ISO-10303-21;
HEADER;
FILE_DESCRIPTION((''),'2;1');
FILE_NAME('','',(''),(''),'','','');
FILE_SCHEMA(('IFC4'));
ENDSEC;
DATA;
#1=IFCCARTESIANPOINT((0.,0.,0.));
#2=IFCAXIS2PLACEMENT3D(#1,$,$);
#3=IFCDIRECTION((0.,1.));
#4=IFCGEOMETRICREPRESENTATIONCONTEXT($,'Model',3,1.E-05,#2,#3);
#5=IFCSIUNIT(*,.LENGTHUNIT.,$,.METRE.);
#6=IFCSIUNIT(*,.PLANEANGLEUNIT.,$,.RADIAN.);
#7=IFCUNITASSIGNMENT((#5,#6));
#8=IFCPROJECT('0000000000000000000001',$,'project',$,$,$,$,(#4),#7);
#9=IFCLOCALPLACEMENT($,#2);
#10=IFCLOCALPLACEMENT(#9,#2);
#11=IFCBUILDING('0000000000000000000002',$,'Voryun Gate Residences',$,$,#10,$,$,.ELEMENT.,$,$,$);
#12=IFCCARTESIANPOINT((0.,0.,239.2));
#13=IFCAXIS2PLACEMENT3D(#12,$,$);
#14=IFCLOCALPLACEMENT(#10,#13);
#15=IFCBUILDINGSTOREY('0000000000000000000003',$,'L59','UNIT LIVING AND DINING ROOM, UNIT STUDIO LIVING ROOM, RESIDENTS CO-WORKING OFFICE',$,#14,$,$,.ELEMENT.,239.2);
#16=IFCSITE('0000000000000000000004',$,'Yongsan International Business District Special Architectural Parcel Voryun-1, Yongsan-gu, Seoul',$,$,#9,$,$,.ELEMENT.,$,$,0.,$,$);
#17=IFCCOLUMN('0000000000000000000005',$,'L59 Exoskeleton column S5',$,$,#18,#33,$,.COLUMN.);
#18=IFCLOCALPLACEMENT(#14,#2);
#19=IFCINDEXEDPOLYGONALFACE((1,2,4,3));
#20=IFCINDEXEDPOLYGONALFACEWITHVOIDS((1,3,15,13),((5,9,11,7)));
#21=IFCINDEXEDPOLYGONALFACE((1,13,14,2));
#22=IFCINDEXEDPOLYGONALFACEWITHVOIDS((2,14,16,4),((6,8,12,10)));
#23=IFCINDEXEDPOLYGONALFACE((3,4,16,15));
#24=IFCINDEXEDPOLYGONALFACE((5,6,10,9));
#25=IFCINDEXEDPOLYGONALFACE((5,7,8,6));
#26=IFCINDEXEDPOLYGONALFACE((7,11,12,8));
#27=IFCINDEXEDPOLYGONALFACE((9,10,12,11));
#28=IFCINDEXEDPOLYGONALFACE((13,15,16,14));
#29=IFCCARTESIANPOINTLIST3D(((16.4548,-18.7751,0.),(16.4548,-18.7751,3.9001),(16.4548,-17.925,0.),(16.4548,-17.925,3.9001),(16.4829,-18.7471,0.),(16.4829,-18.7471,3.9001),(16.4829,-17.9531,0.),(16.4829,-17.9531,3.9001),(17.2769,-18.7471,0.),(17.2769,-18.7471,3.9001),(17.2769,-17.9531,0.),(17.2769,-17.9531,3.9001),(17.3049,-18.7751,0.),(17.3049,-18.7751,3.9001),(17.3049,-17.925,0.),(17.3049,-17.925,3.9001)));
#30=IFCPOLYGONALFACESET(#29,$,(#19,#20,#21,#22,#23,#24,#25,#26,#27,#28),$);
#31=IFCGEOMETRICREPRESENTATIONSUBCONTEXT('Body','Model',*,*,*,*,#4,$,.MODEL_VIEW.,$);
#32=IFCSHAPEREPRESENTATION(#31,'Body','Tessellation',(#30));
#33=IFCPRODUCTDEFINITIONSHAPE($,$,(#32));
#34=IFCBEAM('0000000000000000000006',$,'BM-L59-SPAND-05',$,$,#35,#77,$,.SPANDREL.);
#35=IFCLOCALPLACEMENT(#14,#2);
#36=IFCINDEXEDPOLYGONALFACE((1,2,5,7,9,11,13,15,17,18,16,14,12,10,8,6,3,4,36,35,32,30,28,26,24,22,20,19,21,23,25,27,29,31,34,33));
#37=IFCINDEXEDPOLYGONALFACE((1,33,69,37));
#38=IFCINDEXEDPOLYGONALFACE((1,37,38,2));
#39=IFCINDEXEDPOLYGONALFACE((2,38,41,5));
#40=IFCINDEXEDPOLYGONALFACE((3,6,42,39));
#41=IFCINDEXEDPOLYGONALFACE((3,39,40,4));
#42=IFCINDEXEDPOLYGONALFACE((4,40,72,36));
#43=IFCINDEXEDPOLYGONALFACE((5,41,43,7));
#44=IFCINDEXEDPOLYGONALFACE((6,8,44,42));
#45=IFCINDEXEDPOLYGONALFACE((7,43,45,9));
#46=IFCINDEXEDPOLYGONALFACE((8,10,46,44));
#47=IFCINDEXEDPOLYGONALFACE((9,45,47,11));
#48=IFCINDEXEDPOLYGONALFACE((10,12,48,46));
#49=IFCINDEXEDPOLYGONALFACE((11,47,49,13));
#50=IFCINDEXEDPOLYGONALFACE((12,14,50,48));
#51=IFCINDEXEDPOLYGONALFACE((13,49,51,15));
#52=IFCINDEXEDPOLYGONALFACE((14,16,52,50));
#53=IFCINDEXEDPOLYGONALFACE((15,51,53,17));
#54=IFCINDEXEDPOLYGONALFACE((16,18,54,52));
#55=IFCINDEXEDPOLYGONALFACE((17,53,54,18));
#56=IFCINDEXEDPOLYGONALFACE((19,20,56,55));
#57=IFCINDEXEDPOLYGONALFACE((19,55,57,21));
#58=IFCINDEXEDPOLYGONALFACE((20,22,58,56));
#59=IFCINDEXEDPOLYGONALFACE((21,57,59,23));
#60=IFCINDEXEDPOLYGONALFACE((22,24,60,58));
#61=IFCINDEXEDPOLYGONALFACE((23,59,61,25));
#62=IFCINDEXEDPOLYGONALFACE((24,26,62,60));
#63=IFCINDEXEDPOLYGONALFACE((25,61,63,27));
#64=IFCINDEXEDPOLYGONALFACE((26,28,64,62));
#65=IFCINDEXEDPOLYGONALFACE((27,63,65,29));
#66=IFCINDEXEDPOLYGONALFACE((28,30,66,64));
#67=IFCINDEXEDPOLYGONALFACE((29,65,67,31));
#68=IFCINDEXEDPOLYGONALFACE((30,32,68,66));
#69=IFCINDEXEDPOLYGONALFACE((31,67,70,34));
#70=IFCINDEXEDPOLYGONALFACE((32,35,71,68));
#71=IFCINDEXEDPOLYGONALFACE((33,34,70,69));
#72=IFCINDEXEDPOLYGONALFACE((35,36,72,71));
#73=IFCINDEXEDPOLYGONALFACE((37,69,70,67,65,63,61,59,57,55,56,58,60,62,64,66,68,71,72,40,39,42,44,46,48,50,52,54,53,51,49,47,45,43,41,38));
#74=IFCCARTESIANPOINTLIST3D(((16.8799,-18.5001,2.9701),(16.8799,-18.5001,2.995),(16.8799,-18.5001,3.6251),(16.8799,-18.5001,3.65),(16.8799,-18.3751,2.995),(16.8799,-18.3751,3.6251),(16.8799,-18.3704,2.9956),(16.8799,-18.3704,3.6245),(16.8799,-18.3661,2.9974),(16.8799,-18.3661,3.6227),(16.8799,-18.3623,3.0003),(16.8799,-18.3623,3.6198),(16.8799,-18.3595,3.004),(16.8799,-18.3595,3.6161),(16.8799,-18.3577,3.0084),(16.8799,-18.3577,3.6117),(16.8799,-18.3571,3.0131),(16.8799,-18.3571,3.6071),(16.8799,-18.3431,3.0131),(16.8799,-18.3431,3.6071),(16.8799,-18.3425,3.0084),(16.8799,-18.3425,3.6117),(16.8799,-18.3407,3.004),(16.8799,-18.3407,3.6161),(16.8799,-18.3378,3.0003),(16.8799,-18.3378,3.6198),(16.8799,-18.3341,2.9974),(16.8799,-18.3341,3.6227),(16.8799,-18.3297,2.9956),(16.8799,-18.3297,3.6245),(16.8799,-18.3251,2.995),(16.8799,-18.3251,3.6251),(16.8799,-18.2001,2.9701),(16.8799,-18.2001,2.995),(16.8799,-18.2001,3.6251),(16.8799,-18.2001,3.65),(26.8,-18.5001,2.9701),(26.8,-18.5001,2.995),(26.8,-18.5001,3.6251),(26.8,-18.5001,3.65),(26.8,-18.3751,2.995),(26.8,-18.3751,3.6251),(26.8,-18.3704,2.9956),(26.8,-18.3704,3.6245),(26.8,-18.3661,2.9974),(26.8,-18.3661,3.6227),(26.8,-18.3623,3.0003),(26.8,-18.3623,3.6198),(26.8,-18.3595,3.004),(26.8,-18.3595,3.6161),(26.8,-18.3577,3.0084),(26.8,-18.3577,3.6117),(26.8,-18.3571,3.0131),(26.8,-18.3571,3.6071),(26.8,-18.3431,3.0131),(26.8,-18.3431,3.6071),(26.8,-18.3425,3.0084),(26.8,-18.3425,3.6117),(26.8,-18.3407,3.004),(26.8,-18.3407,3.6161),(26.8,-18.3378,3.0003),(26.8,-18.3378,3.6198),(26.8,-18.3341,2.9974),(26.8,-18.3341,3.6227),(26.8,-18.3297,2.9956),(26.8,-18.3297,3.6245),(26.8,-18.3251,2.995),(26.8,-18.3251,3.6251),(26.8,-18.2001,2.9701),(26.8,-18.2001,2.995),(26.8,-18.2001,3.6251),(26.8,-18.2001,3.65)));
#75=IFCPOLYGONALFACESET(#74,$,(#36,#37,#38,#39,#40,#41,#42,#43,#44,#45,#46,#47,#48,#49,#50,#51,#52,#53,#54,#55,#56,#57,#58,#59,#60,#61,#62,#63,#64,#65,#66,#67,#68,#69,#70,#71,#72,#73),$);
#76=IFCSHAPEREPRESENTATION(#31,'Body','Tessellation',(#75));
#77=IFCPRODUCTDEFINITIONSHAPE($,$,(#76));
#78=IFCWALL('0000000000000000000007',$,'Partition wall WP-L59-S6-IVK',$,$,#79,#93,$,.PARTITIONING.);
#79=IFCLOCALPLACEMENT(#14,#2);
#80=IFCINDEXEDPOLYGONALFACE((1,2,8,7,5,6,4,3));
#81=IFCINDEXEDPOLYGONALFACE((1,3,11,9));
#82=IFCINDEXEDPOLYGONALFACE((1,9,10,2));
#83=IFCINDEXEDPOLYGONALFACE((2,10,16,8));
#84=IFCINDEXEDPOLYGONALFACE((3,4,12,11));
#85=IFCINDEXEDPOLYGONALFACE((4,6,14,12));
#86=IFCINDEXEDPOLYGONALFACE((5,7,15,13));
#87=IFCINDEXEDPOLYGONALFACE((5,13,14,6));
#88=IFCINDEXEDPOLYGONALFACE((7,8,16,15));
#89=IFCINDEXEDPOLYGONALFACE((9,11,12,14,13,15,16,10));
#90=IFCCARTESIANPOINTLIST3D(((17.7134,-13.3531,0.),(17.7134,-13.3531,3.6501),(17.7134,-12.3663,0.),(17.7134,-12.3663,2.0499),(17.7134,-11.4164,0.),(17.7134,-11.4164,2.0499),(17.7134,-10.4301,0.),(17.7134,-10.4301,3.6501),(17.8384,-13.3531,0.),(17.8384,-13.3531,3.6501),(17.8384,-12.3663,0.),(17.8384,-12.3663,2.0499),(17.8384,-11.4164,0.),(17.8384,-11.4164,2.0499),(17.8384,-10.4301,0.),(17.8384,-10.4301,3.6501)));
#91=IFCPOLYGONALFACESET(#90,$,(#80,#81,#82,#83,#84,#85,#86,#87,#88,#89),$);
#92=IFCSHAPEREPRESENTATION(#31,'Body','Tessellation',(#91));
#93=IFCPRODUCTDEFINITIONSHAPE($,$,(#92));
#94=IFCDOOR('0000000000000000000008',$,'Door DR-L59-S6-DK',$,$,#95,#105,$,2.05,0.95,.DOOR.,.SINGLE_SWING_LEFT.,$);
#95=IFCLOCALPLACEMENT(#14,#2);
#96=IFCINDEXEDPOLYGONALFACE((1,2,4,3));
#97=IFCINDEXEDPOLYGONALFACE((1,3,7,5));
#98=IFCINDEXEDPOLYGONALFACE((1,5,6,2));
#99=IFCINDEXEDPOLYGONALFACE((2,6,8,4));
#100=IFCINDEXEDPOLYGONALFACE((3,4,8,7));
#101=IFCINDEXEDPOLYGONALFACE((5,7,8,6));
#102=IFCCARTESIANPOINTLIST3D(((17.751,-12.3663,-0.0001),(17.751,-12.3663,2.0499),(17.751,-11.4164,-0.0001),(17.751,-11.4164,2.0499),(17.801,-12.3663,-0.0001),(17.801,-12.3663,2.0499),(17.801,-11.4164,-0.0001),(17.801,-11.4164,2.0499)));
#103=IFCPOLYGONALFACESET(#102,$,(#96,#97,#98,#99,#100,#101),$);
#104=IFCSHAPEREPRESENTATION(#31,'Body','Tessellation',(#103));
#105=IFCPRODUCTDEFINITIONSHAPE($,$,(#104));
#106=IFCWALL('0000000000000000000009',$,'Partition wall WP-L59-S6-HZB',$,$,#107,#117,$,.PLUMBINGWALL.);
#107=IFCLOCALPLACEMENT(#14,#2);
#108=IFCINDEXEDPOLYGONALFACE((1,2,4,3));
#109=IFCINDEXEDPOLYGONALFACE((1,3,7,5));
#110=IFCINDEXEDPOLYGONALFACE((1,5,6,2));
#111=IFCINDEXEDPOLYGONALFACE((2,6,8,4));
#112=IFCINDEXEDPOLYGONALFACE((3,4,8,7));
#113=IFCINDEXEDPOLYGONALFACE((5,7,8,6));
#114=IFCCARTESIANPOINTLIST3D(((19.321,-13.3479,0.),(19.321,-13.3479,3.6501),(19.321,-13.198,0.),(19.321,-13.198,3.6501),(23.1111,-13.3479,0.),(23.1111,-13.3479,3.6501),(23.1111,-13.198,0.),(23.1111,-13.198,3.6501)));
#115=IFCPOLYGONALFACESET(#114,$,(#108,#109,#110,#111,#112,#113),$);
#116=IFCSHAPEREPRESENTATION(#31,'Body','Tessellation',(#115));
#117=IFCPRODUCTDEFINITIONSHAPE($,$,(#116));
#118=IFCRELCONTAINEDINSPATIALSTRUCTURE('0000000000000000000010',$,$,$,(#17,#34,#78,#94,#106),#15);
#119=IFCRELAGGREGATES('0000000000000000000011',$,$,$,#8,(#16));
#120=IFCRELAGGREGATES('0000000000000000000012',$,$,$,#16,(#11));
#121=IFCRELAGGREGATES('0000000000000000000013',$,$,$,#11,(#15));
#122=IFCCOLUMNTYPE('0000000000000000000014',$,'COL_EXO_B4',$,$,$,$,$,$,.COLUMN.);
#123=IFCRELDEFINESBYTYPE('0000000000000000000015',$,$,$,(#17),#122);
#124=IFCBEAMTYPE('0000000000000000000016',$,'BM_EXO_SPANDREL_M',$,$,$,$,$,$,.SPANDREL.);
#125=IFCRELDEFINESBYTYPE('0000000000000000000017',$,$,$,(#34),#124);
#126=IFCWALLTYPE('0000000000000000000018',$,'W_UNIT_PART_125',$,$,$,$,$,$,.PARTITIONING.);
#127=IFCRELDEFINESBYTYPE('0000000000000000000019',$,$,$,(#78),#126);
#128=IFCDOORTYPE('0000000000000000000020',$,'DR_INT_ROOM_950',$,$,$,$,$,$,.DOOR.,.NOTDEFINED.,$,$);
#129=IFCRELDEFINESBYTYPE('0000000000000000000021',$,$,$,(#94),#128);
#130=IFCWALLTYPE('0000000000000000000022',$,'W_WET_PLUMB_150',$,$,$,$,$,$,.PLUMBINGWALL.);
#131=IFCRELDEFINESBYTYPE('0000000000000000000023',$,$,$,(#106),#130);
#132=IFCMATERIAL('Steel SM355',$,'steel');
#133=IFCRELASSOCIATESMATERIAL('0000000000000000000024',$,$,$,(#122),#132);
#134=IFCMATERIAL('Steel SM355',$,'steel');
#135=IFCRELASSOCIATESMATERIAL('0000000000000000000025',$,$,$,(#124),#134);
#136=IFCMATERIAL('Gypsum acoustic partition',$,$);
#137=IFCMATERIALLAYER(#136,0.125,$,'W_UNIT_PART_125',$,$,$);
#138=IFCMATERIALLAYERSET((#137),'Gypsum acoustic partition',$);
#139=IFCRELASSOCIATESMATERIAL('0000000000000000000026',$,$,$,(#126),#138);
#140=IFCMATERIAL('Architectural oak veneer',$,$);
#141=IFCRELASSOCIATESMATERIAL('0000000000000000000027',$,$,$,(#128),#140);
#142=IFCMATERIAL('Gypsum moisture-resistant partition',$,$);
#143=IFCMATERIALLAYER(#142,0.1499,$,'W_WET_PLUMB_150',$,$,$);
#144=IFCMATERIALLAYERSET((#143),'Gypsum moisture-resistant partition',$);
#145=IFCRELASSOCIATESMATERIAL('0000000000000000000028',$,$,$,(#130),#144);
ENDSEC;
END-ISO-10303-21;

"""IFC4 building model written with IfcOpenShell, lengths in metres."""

from ifc_helpers import new_model, si_unit, direction, frame, frame_2d, origin, origin_2d, place, context, subcontext, project, spatial, rectangle, hollow_rectangle, i_section, extrude, material, layer, layer_set, material_profile, profile_set, type_object, element, fill, save


model = new_model("IFC4")

# Units and contexts
model_context = context("Model", 3, precision=1e-05, world=origin(), true_north=direction((0.0, 1.0)))
body_context = subcontext(model_context, "Body", "Model", "MODEL_VIEW")
ifc_project = project(units=[si_unit("LENGTHUNIT", "METRE"), si_unit("PLANEANGLEUNIT", "RADIAN")], contexts=[model_context])

# Site, building, storey
site_placement = place(None, origin())
site = spatial("IfcSite", under=ifc_project, at=site_placement, Name="Yongsan International Business District Special Architectural Parcel Voryun-1, Yongsan-gu, Seoul", CompositionType="ELEMENT", RefElevation=0.0)
building_placement = place(site_placement, origin())
building = spatial("IfcBuilding", under=site, at=building_placement, Name="Voryun Gate Residences", CompositionType="ELEMENT")
storey_placement = place(building_placement, frame((0.0, 0.0, 239.2)))
storey = spatial("IfcBuildingStorey", under=building, at=storey_placement, Name="L59", Description="UNIT LIVING AND DINING ROOM, UNIT STUDIO LIVING ROOM, RESIDENTS CO-WORKING OFFICE", CompositionType="ELEMENT", Elevation=239.2)

# Column
ifc_material_1 = material(Name="Steel SM355", Category="steel")
ifc_material_profile_1 = material_profile(ifc_material_1, hollow_rectangle(XDim=0.8501, YDim=0.8501, WallThickness=0.0281, at=origin_2d()), Name="BOX-850x850x28")
ifc_profile_set_1 = profile_set([ifc_material_profile_1], Name="Steel SM355")
column_type = type_object("IfcColumnType", Name="COL_EXO_B4", PredefinedType="COLUMN", material=ifc_profile_set_1)
column_placement = place(storey_placement, frame((16.8799, -18.3501, 0.0), z_axis=(0.0, 0.0, 1.0), x_axis=(1.0, 0.0, 0.0)))
element("IfcColumn", 1, at=column_placement, inside=storey, type_object=column_type, Name="L59 Exoskeleton column S5", PredefinedType="COLUMN", context=body_context, shape_type="SweptSolid", body=[
    extrude(hollow_rectangle(XDim=0.8501, YDim=0.8501, WallThickness=0.0281, at=origin_2d()), origin(), (0.0, 0.0, 1.0), 3.9001),
])

# Beam
ifc_material_2 = material(Name="Steel SM355", Category="steel")
ifc_material_profile_2 = material_profile(ifc_material_2, i_section(OverallWidth=0.3, OverallDepth=0.6799, WebThickness=0.0139, FlangeThickness=0.0249, FilletRadius=0.0181, at=origin_2d()), Name="H-680x300x14x25")
ifc_profile_set_2 = profile_set([ifc_material_profile_2], Name="Steel SM355")
beam_type = type_object("IfcBeamType", Name="BM_EXO_SPANDREL_M", PredefinedType="SPANDREL", material=ifc_profile_set_2)
beam_placement = place(storey_placement, frame((16.8799, -18.3501, 3.3101), z_axis=(1.0, 0.0, 0.0), x_axis=(0.0, 1.0, 0.0)))
element("IfcBeam", 2, at=beam_placement, inside=storey, type_object=beam_type, Name="BM-L59-SPAND-05", PredefinedType="SPANDREL", context=body_context, shape_type="SweptSolid", body=[
    extrude(i_section(OverallWidth=0.3, OverallDepth=0.6799, WebThickness=0.0139, FlangeThickness=0.0249, FilletRadius=0.0181, at=origin_2d()), origin(), (0.0, 0.0, 1.0), 9.9202),
])

# Wall, opening, door
ifc_material_3 = material(Name="Gypsum acoustic partition")
ifc_layer_1 = layer(ifc_material_3, 0.125, Name="W_UNIT_PART_125")
ifc_layer_set_1 = layer_set([ifc_layer_1], Name="Gypsum acoustic partition")
wall_type_1 = type_object("IfcWallType", Name="W_UNIT_PART_125", PredefinedType="PARTITIONING", material=ifc_layer_set_1)
wall_1_placement = place(storey_placement, frame((17.7759, -13.353, 0.0), z_axis=(0.0, 0.0, 1.0), x_axis=(0.0, 1.0, 0.0)))
wall_1 = element("IfcWall", 3, at=wall_1_placement, inside=storey, type_object=wall_type_1, Name="Partition wall WP-L59-S6-IVK", PredefinedType="PARTITIONING", context=body_context, shape_type="SweptSolid", body=[
    extrude(rectangle(XDim=2.9231, YDim=0.125, at=frame_2d((1.4614, 0.0))), origin(), (0.0, 0.0, 1.0), 3.6501),
])
opening_placement = place(wall_1_placement, frame((0.9866, 0.0, 0.0)))
opening = element("IfcOpeningElement", 4, at=opening_placement, cuts=wall_1, PredefinedType="OPENING", context=body_context, shape_type="SweptSolid", body=[
    extrude(rectangle(XDim=0.95, YDim=2.05, at=frame_2d((0.4751, 1.0249))), frame((0.0, 0.0725, 0.0), z_axis=(0.0, -1.0, 0.0), x_axis=(1.0, 0.0, 0.0)), (0.0, 0.0, 1.0), 0.145),
])
ifc_material_4 = material(Name="Architectural oak veneer")
door_type = type_object("IfcDoorType", Name="DR_INT_ROOM_950", OperationType="NOTDEFINED", PredefinedType="DOOR", material=ifc_material_4)
door_placement = place(opening_placement, origin())
door = element("IfcDoor", 5, at=door_placement, inside=storey, type_object=door_type, Name="Door DR-L59-S6-DK", OperationType="SINGLE_SWING_LEFT", OverallHeight=2.05, OverallWidth=0.95, PredefinedType="DOOR", context=body_context, shape_type="SweptSolid", body=[
    extrude(rectangle(XDim=0.95, YDim=2.05, at=frame_2d((0.4751, 1.0249))), frame((0.0, 0.0249, 0.0), z_axis=(0.0, -1.0, 0.0), x_axis=(1.0, 0.0, 0.0)), (0.0, 0.0, 1.0), 0.05),
])
fill(opening, door)

# Wall
ifc_material_5 = material(Name="Gypsum moisture-resistant partition")
ifc_layer_2 = layer(ifc_material_5, 0.1499, Name="W_WET_PLUMB_150")
ifc_layer_set_2 = layer_set([ifc_layer_2], Name="Gypsum moisture-resistant partition")
wall_type_2 = type_object("IfcWallType", Name="W_WET_PLUMB_150", PredefinedType="PLUMBINGWALL", material=ifc_layer_set_2)
wall_2_placement = place(storey_placement, frame((19.321, -13.2729, 0.0), z_axis=(0.0, 0.0, 1.0), x_axis=(1.0, 0.0, 0.0)))
element("IfcWall", 6, at=wall_2_placement, inside=storey, type_object=wall_type_2, Name="Partition wall WP-L59-S6-HZB", PredefinedType="PLUMBINGWALL", context=body_context, shape_type="SweptSolid", body=[
    extrude(rectangle(XDim=3.79, YDim=0.1499, at=frame_2d((1.895, 0.0))), origin(), (0.0, 0.0, 1.0), 3.6501),
])

save(model, "model.ifc")
